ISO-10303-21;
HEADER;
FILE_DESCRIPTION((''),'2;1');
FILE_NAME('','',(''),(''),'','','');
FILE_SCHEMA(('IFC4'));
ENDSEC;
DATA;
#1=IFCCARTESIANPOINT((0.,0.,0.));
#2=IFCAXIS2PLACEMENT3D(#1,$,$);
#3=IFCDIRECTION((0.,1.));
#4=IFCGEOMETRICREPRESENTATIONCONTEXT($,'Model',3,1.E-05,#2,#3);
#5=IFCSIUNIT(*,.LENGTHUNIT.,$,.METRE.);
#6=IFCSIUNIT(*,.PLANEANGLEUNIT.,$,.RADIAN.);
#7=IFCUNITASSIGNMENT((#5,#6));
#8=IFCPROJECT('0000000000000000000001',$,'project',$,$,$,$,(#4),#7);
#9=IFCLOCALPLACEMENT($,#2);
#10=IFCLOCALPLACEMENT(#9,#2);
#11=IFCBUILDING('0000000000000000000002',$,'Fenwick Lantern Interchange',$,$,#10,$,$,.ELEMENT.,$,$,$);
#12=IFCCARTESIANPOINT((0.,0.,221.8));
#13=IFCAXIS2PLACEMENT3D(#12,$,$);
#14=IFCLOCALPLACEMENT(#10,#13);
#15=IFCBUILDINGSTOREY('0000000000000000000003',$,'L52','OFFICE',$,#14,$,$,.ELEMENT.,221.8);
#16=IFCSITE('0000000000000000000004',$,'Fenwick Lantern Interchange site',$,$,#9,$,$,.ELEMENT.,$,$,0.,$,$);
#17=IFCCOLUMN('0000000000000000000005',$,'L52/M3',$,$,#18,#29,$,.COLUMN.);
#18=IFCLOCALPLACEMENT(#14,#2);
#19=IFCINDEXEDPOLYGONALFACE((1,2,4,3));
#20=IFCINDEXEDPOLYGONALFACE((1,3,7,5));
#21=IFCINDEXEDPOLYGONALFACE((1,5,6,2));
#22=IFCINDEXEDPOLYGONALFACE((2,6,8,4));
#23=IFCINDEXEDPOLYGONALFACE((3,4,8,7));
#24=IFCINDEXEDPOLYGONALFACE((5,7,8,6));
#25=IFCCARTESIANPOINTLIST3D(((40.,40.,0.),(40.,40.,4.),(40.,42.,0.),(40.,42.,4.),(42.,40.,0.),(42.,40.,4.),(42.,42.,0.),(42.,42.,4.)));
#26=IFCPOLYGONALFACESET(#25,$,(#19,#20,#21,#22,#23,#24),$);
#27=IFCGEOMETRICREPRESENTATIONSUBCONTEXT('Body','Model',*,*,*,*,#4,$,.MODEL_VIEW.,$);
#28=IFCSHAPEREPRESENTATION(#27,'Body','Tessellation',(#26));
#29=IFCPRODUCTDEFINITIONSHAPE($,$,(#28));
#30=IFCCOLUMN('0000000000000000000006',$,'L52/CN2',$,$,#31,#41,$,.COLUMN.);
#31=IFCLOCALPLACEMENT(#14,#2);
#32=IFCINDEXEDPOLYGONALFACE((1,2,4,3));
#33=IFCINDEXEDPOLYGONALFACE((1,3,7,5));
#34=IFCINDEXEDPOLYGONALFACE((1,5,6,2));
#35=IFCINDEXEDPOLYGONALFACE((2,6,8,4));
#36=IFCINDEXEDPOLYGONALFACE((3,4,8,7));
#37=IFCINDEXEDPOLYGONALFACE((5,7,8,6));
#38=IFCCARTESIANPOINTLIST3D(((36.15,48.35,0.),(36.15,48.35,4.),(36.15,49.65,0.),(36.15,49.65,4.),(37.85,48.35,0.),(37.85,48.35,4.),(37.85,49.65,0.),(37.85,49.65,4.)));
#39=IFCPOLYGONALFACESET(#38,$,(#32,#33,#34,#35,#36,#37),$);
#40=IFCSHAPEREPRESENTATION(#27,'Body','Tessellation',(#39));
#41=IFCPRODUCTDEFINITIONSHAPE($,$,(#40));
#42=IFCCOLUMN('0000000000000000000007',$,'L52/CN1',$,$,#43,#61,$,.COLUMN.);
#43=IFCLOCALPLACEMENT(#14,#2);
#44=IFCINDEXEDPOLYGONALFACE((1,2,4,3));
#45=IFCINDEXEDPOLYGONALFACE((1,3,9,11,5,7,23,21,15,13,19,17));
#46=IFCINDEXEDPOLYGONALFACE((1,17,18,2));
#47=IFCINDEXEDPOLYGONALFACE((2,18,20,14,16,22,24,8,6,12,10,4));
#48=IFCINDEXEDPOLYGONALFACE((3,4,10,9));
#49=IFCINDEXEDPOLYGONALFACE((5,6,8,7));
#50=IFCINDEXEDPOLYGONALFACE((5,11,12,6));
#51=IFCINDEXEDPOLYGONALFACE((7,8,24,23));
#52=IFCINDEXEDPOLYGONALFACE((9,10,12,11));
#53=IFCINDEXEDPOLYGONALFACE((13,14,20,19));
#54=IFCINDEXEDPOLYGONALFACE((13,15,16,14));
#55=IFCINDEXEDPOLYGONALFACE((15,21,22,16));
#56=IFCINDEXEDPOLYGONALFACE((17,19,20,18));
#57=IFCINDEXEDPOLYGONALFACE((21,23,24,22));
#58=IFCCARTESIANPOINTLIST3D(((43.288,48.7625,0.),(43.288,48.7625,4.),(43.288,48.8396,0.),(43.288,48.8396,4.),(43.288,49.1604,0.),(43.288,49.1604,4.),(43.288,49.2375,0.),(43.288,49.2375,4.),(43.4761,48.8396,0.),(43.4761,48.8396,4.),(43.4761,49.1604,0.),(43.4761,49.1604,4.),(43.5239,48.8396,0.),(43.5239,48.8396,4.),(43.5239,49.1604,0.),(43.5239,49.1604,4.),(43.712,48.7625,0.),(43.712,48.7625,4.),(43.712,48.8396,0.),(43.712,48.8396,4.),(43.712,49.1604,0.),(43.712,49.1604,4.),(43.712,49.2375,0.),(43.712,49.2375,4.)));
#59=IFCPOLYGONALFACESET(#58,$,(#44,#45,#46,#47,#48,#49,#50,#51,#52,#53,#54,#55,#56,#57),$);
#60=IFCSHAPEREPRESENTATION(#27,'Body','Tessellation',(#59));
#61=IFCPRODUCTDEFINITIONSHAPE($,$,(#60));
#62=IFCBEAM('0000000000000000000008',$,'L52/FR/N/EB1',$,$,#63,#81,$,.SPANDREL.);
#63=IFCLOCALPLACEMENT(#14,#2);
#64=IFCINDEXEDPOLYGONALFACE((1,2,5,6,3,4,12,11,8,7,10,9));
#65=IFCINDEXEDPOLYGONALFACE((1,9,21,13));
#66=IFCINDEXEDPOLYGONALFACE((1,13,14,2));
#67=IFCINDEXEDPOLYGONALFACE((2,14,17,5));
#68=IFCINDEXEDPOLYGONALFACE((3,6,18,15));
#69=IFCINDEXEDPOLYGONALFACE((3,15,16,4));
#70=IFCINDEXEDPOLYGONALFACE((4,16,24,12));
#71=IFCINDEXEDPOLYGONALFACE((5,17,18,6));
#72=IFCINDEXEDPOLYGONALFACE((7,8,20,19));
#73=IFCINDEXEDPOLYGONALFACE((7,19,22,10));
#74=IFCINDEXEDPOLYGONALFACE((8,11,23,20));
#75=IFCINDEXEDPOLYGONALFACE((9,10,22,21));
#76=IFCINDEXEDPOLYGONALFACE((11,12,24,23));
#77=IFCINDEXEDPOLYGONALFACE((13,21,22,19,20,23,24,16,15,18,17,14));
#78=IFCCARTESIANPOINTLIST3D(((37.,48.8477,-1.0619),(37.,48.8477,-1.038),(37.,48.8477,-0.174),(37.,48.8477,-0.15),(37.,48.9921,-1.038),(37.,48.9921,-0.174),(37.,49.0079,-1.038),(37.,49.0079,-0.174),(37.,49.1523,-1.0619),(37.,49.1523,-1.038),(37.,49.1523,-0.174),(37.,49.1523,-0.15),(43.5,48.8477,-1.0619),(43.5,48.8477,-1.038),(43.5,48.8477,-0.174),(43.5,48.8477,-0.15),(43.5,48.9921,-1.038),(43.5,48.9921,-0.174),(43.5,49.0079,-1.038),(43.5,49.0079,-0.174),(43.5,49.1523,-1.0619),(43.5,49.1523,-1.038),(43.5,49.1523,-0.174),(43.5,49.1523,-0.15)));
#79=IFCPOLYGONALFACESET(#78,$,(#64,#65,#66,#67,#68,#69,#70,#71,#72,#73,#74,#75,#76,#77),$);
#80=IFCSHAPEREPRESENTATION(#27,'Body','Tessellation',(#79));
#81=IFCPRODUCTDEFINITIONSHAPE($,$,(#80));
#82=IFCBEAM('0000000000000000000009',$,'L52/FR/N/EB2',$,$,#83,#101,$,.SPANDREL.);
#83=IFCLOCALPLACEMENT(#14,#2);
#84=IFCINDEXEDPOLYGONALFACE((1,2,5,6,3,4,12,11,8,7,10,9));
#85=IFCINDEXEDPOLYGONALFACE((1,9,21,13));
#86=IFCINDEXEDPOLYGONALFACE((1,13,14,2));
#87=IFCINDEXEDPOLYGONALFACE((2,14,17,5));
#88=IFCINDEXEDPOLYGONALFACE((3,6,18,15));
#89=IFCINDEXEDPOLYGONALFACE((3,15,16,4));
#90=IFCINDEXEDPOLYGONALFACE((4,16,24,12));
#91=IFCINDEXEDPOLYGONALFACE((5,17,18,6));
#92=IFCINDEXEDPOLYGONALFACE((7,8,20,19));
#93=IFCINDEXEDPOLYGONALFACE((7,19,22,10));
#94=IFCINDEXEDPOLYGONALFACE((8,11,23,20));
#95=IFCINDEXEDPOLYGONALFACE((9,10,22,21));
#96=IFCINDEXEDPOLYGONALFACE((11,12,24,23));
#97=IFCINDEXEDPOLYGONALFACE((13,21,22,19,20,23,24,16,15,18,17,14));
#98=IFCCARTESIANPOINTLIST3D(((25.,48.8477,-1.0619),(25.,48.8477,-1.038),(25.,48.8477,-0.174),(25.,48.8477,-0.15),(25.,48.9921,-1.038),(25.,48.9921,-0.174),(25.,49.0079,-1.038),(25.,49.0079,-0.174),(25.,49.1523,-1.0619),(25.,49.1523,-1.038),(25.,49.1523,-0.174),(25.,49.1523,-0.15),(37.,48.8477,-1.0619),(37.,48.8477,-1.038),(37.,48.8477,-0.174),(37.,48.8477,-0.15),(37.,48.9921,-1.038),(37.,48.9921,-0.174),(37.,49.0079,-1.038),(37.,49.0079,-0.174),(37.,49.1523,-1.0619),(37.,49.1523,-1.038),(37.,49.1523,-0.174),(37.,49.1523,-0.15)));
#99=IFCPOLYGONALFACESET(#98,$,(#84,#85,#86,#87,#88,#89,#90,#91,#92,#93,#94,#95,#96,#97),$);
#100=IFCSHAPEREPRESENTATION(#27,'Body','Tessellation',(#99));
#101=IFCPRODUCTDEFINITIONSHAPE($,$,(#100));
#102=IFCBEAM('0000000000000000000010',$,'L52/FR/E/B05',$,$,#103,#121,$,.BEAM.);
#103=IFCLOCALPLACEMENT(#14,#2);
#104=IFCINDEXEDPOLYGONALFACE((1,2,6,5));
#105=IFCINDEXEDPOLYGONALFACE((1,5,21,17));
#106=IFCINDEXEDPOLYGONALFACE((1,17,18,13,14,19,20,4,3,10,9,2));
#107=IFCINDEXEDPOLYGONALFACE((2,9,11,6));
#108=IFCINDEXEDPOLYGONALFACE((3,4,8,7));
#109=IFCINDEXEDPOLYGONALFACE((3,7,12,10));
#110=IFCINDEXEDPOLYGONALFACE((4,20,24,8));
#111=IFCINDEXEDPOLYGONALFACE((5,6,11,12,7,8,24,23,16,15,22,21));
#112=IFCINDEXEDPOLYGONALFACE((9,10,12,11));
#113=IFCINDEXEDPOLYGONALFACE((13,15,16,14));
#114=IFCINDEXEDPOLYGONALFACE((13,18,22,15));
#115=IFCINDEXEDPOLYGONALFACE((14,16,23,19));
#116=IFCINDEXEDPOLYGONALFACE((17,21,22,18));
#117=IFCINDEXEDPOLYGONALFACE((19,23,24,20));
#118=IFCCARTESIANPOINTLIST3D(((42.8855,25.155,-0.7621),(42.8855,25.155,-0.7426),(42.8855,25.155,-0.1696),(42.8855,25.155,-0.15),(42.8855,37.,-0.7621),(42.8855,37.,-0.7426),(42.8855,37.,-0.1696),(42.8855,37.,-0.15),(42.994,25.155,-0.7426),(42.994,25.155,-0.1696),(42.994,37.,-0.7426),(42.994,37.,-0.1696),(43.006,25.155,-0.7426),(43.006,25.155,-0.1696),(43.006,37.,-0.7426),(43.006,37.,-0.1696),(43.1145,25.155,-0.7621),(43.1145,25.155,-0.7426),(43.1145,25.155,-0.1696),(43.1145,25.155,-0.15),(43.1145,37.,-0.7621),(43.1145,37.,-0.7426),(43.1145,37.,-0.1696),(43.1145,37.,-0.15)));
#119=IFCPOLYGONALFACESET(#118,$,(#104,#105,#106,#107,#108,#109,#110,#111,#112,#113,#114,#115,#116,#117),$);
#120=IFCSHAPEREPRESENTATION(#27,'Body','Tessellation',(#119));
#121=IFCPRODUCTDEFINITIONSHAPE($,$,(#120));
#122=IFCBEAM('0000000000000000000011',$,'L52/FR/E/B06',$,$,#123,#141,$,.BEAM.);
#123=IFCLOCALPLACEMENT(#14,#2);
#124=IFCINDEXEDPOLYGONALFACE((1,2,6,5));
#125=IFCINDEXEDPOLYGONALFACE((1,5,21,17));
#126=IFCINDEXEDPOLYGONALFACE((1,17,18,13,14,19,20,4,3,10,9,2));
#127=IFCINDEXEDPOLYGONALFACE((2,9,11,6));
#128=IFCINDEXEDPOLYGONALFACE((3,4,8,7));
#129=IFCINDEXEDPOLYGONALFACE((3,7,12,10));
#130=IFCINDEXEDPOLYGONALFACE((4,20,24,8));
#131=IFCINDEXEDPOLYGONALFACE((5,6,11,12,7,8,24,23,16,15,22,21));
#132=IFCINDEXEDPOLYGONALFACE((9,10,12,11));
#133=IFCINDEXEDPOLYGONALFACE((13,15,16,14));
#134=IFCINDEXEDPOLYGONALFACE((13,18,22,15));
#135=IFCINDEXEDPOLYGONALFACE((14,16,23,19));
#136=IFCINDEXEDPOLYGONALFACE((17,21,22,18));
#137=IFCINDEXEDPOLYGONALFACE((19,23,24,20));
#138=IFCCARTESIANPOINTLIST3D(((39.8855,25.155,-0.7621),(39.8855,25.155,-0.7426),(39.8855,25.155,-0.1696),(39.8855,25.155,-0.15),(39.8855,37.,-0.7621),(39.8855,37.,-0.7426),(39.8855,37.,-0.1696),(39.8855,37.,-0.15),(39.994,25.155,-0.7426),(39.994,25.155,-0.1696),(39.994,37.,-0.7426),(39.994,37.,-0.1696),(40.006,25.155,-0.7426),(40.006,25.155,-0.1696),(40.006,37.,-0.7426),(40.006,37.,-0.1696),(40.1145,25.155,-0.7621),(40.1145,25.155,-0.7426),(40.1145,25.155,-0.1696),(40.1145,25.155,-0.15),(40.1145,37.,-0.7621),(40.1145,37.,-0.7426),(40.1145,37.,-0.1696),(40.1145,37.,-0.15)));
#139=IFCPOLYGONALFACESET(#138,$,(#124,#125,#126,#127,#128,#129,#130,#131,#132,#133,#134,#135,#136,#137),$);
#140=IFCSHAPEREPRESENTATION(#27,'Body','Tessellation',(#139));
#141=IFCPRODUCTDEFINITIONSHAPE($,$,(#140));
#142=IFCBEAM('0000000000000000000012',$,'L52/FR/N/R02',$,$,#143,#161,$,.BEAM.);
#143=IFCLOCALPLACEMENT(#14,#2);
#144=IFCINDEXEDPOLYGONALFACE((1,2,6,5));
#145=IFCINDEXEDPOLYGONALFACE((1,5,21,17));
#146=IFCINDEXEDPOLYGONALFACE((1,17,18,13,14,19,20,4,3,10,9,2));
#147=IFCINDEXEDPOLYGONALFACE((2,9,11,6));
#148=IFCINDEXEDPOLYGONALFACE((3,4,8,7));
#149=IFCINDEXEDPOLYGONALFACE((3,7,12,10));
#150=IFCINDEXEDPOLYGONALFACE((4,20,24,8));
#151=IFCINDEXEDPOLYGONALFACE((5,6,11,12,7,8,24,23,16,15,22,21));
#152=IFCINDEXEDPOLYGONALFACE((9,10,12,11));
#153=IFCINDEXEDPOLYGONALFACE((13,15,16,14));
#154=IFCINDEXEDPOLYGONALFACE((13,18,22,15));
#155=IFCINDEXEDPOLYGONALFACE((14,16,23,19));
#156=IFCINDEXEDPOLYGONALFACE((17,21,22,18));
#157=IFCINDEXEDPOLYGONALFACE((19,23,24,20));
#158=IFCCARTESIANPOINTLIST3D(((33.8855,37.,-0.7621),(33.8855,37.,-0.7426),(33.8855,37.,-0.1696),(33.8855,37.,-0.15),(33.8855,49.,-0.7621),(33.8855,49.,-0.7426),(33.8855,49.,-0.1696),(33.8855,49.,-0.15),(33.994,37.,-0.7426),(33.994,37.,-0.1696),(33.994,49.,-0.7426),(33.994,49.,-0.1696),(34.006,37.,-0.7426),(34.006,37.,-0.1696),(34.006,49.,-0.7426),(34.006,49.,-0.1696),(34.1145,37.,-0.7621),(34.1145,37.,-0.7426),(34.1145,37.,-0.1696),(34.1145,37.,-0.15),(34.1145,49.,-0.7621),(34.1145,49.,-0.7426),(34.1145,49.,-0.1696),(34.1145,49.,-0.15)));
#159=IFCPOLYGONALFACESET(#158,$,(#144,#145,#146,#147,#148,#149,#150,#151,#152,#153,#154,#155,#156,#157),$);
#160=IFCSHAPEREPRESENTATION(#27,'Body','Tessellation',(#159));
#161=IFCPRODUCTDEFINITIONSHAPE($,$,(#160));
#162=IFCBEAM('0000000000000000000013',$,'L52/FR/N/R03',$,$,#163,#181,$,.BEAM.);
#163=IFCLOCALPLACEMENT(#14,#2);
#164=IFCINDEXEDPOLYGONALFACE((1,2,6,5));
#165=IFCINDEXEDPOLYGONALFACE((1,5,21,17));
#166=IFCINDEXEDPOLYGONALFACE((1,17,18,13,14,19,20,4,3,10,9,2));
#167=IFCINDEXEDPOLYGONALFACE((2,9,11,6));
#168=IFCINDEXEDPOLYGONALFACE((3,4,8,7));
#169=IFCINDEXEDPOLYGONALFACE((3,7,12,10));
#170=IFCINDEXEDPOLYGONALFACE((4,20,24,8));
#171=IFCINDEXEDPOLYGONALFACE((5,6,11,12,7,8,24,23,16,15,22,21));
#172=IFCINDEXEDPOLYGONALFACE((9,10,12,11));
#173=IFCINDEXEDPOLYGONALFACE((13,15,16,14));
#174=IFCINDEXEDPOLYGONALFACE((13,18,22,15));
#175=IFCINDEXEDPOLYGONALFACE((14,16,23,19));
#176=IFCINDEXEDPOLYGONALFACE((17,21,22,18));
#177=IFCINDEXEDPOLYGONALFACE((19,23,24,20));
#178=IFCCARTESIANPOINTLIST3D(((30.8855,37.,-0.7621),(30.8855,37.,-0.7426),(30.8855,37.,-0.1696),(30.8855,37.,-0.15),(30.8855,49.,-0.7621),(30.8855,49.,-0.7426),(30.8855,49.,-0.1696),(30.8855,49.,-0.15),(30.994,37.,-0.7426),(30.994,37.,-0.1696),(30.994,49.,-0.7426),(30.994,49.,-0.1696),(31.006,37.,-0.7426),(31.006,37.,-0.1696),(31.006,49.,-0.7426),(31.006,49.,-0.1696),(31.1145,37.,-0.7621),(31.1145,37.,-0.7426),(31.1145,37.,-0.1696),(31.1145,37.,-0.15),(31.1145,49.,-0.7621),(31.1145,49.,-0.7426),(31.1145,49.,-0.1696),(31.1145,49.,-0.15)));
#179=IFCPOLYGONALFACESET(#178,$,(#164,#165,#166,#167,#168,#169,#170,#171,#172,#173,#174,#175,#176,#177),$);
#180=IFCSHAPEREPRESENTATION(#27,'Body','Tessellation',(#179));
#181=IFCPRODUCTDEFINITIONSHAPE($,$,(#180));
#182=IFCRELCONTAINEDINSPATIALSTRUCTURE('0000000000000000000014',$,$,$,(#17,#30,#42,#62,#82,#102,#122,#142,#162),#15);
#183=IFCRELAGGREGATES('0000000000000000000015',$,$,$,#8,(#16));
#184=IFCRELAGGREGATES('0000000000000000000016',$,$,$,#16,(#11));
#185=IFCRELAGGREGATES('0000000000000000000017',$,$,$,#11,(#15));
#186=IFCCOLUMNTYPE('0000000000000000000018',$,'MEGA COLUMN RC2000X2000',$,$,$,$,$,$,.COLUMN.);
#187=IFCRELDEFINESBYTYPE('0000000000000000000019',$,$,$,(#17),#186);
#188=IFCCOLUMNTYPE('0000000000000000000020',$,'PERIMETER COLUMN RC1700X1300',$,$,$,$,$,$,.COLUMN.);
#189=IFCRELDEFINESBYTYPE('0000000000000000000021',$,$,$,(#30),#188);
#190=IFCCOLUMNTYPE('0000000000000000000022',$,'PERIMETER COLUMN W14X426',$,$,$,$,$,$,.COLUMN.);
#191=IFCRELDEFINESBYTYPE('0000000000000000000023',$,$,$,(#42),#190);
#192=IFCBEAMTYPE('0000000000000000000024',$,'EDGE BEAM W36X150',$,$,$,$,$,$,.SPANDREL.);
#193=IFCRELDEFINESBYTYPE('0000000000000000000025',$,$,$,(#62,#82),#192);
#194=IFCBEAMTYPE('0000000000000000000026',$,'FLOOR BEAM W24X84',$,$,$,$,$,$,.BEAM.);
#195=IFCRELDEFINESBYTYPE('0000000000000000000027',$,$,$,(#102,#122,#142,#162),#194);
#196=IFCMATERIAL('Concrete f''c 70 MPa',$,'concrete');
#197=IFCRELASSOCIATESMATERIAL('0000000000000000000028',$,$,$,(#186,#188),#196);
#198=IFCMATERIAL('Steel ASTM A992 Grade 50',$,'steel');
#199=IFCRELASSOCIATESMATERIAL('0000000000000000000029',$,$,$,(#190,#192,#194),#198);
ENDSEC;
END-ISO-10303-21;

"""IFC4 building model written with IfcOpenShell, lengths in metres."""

from ifc_helpers import new_model, si_unit, direction, frame, origin, origin_2d, place, context, subcontext, project, spatial, rectangle, i_section, extrude, material, material_profile, profile_set, type_object, element, save


model = new_model("IFC4")

# Units and contexts
model_context = context("Model", 3, precision=1e-05, world=origin(), true_north=direction((0.0, 1.0)))
body_context = subcontext(model_context, "Body", "Model", "MODEL_VIEW")
ifc_project = project(units=[si_unit("LENGTHUNIT", "METRE"), si_unit("PLANEANGLEUNIT", "RADIAN")], contexts=[model_context])

# Site, building, storey
site_placement = place(None, origin())
site = spatial("IfcSite", under=ifc_project, at=site_placement, Name="Fenwick Lantern Interchange site", CompositionType="ELEMENT", RefElevation=0.0)
building_placement = place(site_placement, origin())
building = spatial("IfcBuilding", under=site, at=building_placement, Name="Fenwick Lantern Interchange", CompositionType="ELEMENT")
storey_placement = place(building_placement, frame((0.0, 0.0, 221.8)))
storey = spatial("IfcBuildingStorey", under=building, at=storey_placement, Name="L52", Description="OFFICE", CompositionType="ELEMENT", Elevation=221.8)

# Columns
ifc_material_1 = material(Name="Concrete f'c 70 MPa", Category="concrete")
ifc_material_profile_1 = material_profile(ifc_material_1, rectangle(XDim=2.0, YDim=2.0, at=origin_2d()), Name="RC2000X2000")
ifc_profile_set_1 = profile_set([ifc_material_profile_1], Name="Concrete f'c 70 MPa")
column_type_1 = type_object("IfcColumnType", Name="MEGA COLUMN RC2000X2000", PredefinedType="COLUMN", material=ifc_profile_set_1)
column_1_placement = place(storey_placement, frame((41.0, 41.0, 0.0), z_axis=(0.0, 0.0, 1.0), x_axis=(1.0, 0.0, 0.0)))
element("IfcColumn", 1, at=column_1_placement, inside=storey, type_object=column_type_1, Name="L52/M3", PredefinedType="COLUMN", context=body_context, shape_type="SweptSolid", body=[
    extrude(rectangle(XDim=2.0, YDim=2.0, at=origin_2d()), origin(), (0.0, 0.0, 1.0), 4.0),
])
ifc_material_profile_2 = material_profile(ifc_material_1, rectangle(XDim=1.7, YDim=1.3, at=origin_2d()), Name="RC1700X1300")
ifc_profile_set_2 = profile_set([ifc_material_profile_2], Name="Concrete f'c 70 MPa")
column_type_2 = type_object("IfcColumnType", Name="PERIMETER COLUMN RC1700X1300", PredefinedType="COLUMN", material=ifc_profile_set_2)
column_2_placement = place(storey_placement, frame((37.0, 49.0, 0.0), z_axis=(0.0, 0.0, 1.0), x_axis=(1.0, 0.0, 0.0)))
element("IfcColumn", 2, at=column_2_placement, inside=storey, type_object=column_type_2, Name="L52/CN2", PredefinedType="COLUMN", context=body_context, shape_type="SweptSolid", body=[
    extrude(rectangle(XDim=1.7, YDim=1.3, at=origin_2d()), origin(), (0.0, 0.0, 1.0), 4.0),
])
ifc_material_2 = material(Name="Steel ASTM A992 Grade 50", Category="steel")
ifc_material_profile_3 = material_profile(ifc_material_2, i_section(OverallWidth=0.4241, OverallDepth=0.4751, WebThickness=0.0479, FlangeThickness=0.0771, at=origin_2d()), Name="W14X426")
ifc_profile_set_3 = profile_set([ifc_material_profile_3], Name="Steel ASTM A992 Grade 50")
column_type_3 = type_object("IfcColumnType", Name="PERIMETER COLUMN W14X426", PredefinedType="COLUMN", material=ifc_profile_set_3)
column_3_placement = place(storey_placement, frame((43.5, 49.0, 0.0), z_axis=(0.0, 0.0, 1.0), x_axis=(1.0, 0.0, 0.0)))
element("IfcColumn", 3, at=column_3_placement, inside=storey, type_object=column_type_3, Name="L52/CN1", PredefinedType="COLUMN", context=body_context, shape_type="SweptSolid", body=[
    extrude(i_section(OverallWidth=0.4241, OverallDepth=0.4751, WebThickness=0.0479, FlangeThickness=0.0771, at=origin_2d()), origin(), (0.0, 0.0, 1.0), 4.0),
])

# Beams
ifc_material_profile_4 = material_profile(ifc_material_2, i_section(OverallWidth=0.3047, OverallDepth=0.9119, WebThickness=0.0159, FlangeThickness=0.0239, at=origin_2d()), Name="W36X150")
ifc_profile_set_4 = profile_set([ifc_material_profile_4], Name="Steel ASTM A992 Grade 50")
beam_type_1 = type_object("IfcBeamType", Name="EDGE BEAM W36X150", PredefinedType="SPANDREL", material=ifc_profile_set_4)
beam_1_placement = place(storey_placement, frame((43.5, 49.0, -0.606), z_axis=(-1.0, 0.0, 0.0), x_axis=(0.0, -1.0, 0.0)))
element("IfcBeam", 4, at=beam_1_placement, inside=storey, type_object=beam_type_1, Name="L52/FR/N/EB1", PredefinedType="SPANDREL", context=body_context, shape_type="SweptSolid", body=[
    extrude(i_section(OverallWidth=0.3047, OverallDepth=0.9119, WebThickness=0.0159, FlangeThickness=0.0239, at=origin_2d()), origin(), (0.0, 0.0, 1.0), 6.5),
])
beam_2_placement = place(storey_placement, frame((37.0, 49.0, -0.606), z_axis=(-1.0, 0.0, 0.0), x_axis=(0.0, -1.0, 0.0)))
element("IfcBeam", 5, at=beam_2_placement, inside=storey, type_object=beam_type_1, Name="L52/FR/N/EB2", PredefinedType="SPANDREL", context=body_context, shape_type="SweptSolid", body=[
    extrude(i_section(OverallWidth=0.3047, OverallDepth=0.9119, WebThickness=0.0159, FlangeThickness=0.0239, at=origin_2d()), origin(), (0.0, 0.0, 1.0), 12.0),
])
ifc_material_profile_5 = material_profile(ifc_material_2, i_section(OverallWidth=0.229, OverallDepth=0.6121, WebThickness=0.012, FlangeThickness=0.0195, at=origin_2d()), Name="W24X84")
ifc_profile_set_5 = profile_set([ifc_material_profile_5], Name="Steel ASTM A992 Grade 50")
beam_type_2 = type_object("IfcBeamType", Name="FLOOR BEAM W24X84", PredefinedType="BEAM", material=ifc_profile_set_5)
for number, where, z_axis, x_axis, name in (
    (6, (43.0, 25.155, -0.4561), (0.0, 1.0, 0.0), (-1.0, 0.0, 0.0), "L52/FR/E/B05"),
    (7, (40.0, 25.155, -0.4561), (0.0, 1.0, 0.0), (-1.0, 0.0, 0.0), "L52/FR/E/B06"),
):
    element("IfcBeam", number, at=place(storey_placement, frame(where, z_axis=z_axis, x_axis=x_axis)), inside=storey, type_object=beam_type_2, Name=name, PredefinedType="BEAM", context=body_context, shape_type="SweptSolid", body=[
        extrude(i_section(OverallWidth=0.229, OverallDepth=0.6121, WebThickness=0.012, FlangeThickness=0.0195, at=origin_2d()), origin(), (0.0, 0.0, 1.0), 11.845),
    ])
for number, where, z_axis, x_axis, name in (
    (8, (34.0, 49.0, -0.4561), (0.0, -1.0, 0.0), (1.0, 0.0, 0.0), "L52/FR/N/R02"),
    (9, (31.0, 49.0, -0.4561), (0.0, -1.0, 0.0), (1.0, 0.0, 0.0), "L52/FR/N/R03"),
):
    element("IfcBeam", number, at=place(storey_placement, frame(where, z_axis=z_axis, x_axis=x_axis)), inside=storey, type_object=beam_type_2, Name=name, PredefinedType="BEAM", context=body_context, shape_type="SweptSolid", body=[
        extrude(i_section(OverallWidth=0.229, OverallDepth=0.6121, WebThickness=0.012, FlangeThickness=0.0195, at=origin_2d()), origin(), (0.0, 0.0, 1.0), 12.0),
    ])

save(model, "model.ifc")
